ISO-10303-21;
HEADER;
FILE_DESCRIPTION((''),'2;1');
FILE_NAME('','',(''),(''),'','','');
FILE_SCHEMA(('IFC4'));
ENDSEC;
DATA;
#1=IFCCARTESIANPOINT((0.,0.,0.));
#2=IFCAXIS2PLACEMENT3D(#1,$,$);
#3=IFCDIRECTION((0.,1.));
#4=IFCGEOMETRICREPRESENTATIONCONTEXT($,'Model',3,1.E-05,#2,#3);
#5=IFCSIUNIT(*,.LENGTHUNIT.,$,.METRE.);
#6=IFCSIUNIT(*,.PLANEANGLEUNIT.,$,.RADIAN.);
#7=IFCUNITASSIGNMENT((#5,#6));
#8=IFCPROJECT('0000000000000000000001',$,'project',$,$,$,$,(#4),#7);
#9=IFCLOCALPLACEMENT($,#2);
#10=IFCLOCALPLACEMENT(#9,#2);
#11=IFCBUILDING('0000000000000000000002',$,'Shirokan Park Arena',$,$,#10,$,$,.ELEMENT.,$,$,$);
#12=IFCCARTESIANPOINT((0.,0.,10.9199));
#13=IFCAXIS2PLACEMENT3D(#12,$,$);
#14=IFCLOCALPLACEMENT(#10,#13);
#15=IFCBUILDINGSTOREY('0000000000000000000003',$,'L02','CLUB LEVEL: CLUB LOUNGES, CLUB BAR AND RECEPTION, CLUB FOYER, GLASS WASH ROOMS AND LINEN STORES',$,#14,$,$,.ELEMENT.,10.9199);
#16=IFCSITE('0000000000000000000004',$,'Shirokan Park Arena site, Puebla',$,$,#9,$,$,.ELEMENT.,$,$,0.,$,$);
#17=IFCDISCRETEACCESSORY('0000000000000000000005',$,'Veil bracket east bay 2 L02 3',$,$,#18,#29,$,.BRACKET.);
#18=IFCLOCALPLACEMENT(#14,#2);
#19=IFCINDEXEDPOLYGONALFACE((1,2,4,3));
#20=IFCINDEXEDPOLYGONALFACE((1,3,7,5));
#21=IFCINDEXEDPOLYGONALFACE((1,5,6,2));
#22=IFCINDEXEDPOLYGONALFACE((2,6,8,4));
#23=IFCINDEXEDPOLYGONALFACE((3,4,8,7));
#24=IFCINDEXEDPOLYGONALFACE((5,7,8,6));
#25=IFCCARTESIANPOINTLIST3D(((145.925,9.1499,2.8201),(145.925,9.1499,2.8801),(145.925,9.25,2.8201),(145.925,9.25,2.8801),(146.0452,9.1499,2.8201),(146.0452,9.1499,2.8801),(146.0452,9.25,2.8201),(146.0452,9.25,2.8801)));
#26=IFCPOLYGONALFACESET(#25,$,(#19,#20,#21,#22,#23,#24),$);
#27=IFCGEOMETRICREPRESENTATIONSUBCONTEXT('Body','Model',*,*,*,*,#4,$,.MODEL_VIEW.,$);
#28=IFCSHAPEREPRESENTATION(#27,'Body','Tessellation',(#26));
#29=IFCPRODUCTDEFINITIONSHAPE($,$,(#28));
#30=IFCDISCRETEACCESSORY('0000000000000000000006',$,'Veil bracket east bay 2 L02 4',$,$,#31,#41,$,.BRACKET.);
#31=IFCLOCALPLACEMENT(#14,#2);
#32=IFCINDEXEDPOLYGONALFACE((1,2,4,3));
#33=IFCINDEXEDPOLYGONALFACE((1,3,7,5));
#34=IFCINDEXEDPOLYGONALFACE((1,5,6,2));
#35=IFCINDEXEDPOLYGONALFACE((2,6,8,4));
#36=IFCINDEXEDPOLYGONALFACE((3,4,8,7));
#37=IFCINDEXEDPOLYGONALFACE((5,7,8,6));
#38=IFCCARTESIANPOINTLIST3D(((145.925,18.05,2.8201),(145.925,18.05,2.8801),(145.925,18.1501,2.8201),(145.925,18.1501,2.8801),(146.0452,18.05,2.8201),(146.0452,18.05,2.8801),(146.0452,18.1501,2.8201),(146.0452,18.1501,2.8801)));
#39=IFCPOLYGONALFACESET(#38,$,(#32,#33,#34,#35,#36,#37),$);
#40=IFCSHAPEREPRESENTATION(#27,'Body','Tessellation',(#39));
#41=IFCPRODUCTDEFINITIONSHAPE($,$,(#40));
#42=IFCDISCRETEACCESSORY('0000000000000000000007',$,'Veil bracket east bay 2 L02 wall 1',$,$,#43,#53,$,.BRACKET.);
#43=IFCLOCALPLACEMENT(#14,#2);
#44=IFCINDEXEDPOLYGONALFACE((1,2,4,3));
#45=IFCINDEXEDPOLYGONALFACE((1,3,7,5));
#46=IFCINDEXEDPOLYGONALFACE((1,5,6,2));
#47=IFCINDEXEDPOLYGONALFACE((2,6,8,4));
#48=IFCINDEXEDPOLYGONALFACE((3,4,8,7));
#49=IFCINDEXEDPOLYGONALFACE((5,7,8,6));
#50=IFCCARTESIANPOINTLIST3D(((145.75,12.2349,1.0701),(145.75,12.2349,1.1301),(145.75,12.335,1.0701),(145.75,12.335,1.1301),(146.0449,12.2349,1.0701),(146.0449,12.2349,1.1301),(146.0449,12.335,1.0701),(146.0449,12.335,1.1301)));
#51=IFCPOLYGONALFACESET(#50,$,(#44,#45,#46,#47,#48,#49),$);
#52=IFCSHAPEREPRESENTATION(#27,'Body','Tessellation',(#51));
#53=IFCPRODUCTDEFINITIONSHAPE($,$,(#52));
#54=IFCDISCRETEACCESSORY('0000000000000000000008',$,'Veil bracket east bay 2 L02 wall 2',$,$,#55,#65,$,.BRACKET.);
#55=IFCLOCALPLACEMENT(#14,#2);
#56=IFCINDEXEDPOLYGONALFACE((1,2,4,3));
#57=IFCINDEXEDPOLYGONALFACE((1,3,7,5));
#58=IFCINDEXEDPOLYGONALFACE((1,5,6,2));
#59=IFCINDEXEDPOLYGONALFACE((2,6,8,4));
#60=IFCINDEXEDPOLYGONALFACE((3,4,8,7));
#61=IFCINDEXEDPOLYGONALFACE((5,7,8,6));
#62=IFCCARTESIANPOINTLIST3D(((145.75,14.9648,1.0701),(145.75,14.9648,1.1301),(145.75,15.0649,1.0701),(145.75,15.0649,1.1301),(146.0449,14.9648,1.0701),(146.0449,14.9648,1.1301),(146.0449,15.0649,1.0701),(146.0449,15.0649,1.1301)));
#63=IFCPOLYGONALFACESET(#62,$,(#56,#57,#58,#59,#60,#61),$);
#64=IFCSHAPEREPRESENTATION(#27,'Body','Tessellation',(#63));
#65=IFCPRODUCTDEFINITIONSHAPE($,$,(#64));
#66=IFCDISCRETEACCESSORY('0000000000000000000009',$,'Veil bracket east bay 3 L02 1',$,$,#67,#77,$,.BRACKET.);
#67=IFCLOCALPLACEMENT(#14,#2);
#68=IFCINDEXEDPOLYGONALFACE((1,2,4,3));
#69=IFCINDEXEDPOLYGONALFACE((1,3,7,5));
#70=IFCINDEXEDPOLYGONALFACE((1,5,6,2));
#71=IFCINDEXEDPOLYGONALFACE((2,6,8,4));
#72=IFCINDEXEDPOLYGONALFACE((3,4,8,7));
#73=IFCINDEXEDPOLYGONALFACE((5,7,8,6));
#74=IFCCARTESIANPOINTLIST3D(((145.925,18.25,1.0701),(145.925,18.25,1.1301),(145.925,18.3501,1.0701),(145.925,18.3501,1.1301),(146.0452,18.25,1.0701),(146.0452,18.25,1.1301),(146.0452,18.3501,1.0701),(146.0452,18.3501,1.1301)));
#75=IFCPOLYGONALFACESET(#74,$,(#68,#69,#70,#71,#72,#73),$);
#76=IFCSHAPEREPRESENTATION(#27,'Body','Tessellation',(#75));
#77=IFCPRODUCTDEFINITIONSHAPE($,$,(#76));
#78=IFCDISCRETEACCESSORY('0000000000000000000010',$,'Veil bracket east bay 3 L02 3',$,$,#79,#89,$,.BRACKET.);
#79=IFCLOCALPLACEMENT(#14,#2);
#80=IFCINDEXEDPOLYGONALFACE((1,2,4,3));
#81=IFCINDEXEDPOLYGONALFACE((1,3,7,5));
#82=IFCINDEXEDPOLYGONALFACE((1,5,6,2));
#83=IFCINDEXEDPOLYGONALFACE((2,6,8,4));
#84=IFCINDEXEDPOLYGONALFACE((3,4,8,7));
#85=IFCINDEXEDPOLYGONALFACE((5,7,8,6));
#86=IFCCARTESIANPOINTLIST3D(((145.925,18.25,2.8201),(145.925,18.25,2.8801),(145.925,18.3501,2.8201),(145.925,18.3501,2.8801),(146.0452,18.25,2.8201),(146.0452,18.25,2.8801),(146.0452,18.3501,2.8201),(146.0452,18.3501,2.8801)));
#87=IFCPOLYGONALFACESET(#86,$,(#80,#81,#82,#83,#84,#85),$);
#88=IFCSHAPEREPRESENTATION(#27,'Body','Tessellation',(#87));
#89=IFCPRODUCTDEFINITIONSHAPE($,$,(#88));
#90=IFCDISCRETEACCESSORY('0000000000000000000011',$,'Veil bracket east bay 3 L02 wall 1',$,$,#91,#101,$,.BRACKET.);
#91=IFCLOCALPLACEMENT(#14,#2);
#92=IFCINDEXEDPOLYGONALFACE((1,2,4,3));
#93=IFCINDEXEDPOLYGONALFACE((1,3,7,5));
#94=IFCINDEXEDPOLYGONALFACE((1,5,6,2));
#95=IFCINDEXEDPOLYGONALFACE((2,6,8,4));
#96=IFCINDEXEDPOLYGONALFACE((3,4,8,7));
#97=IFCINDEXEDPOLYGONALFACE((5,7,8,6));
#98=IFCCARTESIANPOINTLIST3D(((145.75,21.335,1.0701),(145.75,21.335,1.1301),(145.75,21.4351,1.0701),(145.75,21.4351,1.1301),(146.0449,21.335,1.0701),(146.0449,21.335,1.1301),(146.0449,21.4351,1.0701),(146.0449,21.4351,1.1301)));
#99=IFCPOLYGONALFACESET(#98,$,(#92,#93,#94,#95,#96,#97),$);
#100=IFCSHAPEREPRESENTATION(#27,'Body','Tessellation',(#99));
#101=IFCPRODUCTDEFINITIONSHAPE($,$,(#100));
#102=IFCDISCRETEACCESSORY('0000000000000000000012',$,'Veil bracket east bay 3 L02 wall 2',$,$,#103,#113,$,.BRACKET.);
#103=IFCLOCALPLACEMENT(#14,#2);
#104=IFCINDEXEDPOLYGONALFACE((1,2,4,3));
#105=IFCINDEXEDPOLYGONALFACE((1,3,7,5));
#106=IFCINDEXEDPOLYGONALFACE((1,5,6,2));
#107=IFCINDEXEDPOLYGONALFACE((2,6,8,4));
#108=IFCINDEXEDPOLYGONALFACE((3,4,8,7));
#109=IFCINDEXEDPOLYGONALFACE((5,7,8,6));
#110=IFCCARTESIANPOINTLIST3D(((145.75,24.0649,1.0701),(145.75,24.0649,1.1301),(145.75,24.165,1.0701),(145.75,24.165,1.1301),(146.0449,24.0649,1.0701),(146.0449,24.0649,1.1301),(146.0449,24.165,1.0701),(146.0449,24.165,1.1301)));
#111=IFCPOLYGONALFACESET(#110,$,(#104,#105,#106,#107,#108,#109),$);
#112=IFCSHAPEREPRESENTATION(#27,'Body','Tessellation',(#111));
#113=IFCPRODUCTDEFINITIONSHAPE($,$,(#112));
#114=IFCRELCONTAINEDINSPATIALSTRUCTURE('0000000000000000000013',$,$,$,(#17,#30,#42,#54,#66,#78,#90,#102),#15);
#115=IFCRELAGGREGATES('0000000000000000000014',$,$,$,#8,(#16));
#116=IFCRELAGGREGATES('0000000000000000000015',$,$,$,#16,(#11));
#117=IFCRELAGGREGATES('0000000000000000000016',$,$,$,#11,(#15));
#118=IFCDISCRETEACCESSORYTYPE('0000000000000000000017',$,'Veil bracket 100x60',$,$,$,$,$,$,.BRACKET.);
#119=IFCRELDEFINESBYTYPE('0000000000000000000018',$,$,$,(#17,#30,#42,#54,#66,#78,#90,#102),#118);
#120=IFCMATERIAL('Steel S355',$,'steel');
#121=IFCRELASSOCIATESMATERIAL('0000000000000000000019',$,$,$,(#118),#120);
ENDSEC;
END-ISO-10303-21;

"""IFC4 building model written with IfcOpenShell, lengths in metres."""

from ifc_helpers import new_model, si_unit, direction, frame, origin, origin_2d, place, context, subcontext, project, spatial, rectangle, extrude, material, type_object, element, save


model = new_model("IFC4")

# Units and contexts
model_context = context("Model", 3, precision=1e-05, world=origin(), true_north=direction((0.0, 1.0)))
body_context = subcontext(model_context, "Body", "Model", "MODEL_VIEW")
ifc_project = project(units=[si_unit("LENGTHUNIT", "METRE"), si_unit("PLANEANGLEUNIT", "RADIAN")], contexts=[model_context])

# Site, building, storey
site_placement = place(None, origin())
site = spatial("IfcSite", under=ifc_project, at=site_placement, Name="Shirokan Park Arena site, Puebla", CompositionType="ELEMENT", RefElevation=0.0)
building_placement = place(site_placement, origin())
building = spatial("IfcBuilding", under=site, at=building_placement, Name="Shirokan Park Arena", CompositionType="ELEMENT")
storey_placement = place(building_placement, frame((0.0, 0.0, 10.9199)))
storey = spatial("IfcBuildingStorey", under=building, at=storey_placement, Name="L02", Description="CLUB LEVEL: CLUB LOUNGES, CLUB BAR AND RECEPTION, CLUB FOYER, GLASS WASH ROOMS AND LINEN STORES", CompositionType="ELEMENT", Elevation=10.9199)

# Discrete accessories
ifc_material_1 = material(Name="Steel S355", Category="steel")
discrete_accessory_type = type_object("IfcDiscreteAccessoryType", Name="Veil bracket 100x60", PredefinedType="BRACKET", material=ifc_material_1)
for number, where, z_axis, x_axis, name in (
    (1, (145.9851, 9.2, 2.8201), (0.0, 0.0, 1.0), (0.0, 1.0, 0.0), "Veil bracket east bay 2 L02 3"),
    (2, (145.9851, 18.1001, 2.8201), (0.0, 0.0, 1.0), (0.0, 1.0, 0.0), "Veil bracket east bay 2 L02 4"),
):
    element("IfcDiscreteAccessory", number, at=place(storey_placement, frame(where, z_axis=z_axis, x_axis=x_axis)), inside=storey, type_object=discrete_accessory_type, Name=name, PredefinedType="BRACKET", context=body_context, shape_type="SweptSolid", body=[
        extrude(rectangle(XDim=0.1001, YDim=0.1201, at=origin_2d()), origin(), (0.0, 0.0, 1.0), 0.0601),
    ])
for number, where, z_axis, x_axis, name in (
    (3, (145.8975, 12.2849, 1.0701), (0.0, 0.0, 1.0), (0.0, 1.0, 0.0), "Veil bracket east bay 2 L02 wall 1"),
    (4, (145.8975, 15.0149, 1.0701), (0.0, 0.0, 1.0), (0.0, 1.0, 0.0), "Veil bracket east bay 2 L02 wall 2"),
):
    element("IfcDiscreteAccessory", number, at=place(storey_placement, frame(where, z_axis=z_axis, x_axis=x_axis)), inside=storey, type_object=discrete_accessory_type, Name=name, PredefinedType="BRACKET", context=body_context, shape_type="SweptSolid", body=[
        extrude(rectangle(XDim=0.1001, YDim=0.2949, at=origin_2d()), origin(), (0.0, 0.0, 1.0), 0.0601),
    ])
for number, where, z_axis, x_axis, name in (
    (5, (145.9851, 18.3, 1.0701), (0.0, 0.0, 1.0), (0.0, 1.0, 0.0), "Veil bracket east bay 3 L02 1"),
    (6, (145.9851, 18.3, 2.8201), (0.0, 0.0, 1.0), (0.0, 1.0, 0.0), "Veil bracket east bay 3 L02 3"),
):
    element("IfcDiscreteAccessory", number, at=place(storey_placement, frame(where, z_axis=z_axis, x_axis=x_axis)), inside=storey, type_object=discrete_accessory_type, Name=name, PredefinedType="BRACKET", context=body_context, shape_type="SweptSolid", body=[
        extrude(rectangle(XDim=0.1001, YDim=0.1201, at=origin_2d()), origin(), (0.0, 0.0, 1.0), 0.0601),
    ])
for number, where, z_axis, x_axis, name in (
    (7, (145.8975, 21.385, 1.0701), (0.0, 0.0, 1.0), (0.0, 1.0, 0.0), "Veil bracket east bay 3 L02 wall 1"),
    (8, (145.8975, 24.115, 1.0701), (0.0, 0.0, 1.0), (0.0, 1.0, 0.0), "Veil bracket east bay 3 L02 wall 2"),
):
    element("IfcDiscreteAccessory", number, at=place(storey_placement, frame(where, z_axis=z_axis, x_axis=x_axis)), inside=storey, type_object=discrete_accessory_type, Name=name, PredefinedType="BRACKET", context=body_context, shape_type="SweptSolid", body=[
        extrude(rectangle(XDim=0.1001, YDim=0.2949, at=origin_2d()), origin(), (0.0, 0.0, 1.0), 0.0601),
    ])

save(model, "model.ifc")
